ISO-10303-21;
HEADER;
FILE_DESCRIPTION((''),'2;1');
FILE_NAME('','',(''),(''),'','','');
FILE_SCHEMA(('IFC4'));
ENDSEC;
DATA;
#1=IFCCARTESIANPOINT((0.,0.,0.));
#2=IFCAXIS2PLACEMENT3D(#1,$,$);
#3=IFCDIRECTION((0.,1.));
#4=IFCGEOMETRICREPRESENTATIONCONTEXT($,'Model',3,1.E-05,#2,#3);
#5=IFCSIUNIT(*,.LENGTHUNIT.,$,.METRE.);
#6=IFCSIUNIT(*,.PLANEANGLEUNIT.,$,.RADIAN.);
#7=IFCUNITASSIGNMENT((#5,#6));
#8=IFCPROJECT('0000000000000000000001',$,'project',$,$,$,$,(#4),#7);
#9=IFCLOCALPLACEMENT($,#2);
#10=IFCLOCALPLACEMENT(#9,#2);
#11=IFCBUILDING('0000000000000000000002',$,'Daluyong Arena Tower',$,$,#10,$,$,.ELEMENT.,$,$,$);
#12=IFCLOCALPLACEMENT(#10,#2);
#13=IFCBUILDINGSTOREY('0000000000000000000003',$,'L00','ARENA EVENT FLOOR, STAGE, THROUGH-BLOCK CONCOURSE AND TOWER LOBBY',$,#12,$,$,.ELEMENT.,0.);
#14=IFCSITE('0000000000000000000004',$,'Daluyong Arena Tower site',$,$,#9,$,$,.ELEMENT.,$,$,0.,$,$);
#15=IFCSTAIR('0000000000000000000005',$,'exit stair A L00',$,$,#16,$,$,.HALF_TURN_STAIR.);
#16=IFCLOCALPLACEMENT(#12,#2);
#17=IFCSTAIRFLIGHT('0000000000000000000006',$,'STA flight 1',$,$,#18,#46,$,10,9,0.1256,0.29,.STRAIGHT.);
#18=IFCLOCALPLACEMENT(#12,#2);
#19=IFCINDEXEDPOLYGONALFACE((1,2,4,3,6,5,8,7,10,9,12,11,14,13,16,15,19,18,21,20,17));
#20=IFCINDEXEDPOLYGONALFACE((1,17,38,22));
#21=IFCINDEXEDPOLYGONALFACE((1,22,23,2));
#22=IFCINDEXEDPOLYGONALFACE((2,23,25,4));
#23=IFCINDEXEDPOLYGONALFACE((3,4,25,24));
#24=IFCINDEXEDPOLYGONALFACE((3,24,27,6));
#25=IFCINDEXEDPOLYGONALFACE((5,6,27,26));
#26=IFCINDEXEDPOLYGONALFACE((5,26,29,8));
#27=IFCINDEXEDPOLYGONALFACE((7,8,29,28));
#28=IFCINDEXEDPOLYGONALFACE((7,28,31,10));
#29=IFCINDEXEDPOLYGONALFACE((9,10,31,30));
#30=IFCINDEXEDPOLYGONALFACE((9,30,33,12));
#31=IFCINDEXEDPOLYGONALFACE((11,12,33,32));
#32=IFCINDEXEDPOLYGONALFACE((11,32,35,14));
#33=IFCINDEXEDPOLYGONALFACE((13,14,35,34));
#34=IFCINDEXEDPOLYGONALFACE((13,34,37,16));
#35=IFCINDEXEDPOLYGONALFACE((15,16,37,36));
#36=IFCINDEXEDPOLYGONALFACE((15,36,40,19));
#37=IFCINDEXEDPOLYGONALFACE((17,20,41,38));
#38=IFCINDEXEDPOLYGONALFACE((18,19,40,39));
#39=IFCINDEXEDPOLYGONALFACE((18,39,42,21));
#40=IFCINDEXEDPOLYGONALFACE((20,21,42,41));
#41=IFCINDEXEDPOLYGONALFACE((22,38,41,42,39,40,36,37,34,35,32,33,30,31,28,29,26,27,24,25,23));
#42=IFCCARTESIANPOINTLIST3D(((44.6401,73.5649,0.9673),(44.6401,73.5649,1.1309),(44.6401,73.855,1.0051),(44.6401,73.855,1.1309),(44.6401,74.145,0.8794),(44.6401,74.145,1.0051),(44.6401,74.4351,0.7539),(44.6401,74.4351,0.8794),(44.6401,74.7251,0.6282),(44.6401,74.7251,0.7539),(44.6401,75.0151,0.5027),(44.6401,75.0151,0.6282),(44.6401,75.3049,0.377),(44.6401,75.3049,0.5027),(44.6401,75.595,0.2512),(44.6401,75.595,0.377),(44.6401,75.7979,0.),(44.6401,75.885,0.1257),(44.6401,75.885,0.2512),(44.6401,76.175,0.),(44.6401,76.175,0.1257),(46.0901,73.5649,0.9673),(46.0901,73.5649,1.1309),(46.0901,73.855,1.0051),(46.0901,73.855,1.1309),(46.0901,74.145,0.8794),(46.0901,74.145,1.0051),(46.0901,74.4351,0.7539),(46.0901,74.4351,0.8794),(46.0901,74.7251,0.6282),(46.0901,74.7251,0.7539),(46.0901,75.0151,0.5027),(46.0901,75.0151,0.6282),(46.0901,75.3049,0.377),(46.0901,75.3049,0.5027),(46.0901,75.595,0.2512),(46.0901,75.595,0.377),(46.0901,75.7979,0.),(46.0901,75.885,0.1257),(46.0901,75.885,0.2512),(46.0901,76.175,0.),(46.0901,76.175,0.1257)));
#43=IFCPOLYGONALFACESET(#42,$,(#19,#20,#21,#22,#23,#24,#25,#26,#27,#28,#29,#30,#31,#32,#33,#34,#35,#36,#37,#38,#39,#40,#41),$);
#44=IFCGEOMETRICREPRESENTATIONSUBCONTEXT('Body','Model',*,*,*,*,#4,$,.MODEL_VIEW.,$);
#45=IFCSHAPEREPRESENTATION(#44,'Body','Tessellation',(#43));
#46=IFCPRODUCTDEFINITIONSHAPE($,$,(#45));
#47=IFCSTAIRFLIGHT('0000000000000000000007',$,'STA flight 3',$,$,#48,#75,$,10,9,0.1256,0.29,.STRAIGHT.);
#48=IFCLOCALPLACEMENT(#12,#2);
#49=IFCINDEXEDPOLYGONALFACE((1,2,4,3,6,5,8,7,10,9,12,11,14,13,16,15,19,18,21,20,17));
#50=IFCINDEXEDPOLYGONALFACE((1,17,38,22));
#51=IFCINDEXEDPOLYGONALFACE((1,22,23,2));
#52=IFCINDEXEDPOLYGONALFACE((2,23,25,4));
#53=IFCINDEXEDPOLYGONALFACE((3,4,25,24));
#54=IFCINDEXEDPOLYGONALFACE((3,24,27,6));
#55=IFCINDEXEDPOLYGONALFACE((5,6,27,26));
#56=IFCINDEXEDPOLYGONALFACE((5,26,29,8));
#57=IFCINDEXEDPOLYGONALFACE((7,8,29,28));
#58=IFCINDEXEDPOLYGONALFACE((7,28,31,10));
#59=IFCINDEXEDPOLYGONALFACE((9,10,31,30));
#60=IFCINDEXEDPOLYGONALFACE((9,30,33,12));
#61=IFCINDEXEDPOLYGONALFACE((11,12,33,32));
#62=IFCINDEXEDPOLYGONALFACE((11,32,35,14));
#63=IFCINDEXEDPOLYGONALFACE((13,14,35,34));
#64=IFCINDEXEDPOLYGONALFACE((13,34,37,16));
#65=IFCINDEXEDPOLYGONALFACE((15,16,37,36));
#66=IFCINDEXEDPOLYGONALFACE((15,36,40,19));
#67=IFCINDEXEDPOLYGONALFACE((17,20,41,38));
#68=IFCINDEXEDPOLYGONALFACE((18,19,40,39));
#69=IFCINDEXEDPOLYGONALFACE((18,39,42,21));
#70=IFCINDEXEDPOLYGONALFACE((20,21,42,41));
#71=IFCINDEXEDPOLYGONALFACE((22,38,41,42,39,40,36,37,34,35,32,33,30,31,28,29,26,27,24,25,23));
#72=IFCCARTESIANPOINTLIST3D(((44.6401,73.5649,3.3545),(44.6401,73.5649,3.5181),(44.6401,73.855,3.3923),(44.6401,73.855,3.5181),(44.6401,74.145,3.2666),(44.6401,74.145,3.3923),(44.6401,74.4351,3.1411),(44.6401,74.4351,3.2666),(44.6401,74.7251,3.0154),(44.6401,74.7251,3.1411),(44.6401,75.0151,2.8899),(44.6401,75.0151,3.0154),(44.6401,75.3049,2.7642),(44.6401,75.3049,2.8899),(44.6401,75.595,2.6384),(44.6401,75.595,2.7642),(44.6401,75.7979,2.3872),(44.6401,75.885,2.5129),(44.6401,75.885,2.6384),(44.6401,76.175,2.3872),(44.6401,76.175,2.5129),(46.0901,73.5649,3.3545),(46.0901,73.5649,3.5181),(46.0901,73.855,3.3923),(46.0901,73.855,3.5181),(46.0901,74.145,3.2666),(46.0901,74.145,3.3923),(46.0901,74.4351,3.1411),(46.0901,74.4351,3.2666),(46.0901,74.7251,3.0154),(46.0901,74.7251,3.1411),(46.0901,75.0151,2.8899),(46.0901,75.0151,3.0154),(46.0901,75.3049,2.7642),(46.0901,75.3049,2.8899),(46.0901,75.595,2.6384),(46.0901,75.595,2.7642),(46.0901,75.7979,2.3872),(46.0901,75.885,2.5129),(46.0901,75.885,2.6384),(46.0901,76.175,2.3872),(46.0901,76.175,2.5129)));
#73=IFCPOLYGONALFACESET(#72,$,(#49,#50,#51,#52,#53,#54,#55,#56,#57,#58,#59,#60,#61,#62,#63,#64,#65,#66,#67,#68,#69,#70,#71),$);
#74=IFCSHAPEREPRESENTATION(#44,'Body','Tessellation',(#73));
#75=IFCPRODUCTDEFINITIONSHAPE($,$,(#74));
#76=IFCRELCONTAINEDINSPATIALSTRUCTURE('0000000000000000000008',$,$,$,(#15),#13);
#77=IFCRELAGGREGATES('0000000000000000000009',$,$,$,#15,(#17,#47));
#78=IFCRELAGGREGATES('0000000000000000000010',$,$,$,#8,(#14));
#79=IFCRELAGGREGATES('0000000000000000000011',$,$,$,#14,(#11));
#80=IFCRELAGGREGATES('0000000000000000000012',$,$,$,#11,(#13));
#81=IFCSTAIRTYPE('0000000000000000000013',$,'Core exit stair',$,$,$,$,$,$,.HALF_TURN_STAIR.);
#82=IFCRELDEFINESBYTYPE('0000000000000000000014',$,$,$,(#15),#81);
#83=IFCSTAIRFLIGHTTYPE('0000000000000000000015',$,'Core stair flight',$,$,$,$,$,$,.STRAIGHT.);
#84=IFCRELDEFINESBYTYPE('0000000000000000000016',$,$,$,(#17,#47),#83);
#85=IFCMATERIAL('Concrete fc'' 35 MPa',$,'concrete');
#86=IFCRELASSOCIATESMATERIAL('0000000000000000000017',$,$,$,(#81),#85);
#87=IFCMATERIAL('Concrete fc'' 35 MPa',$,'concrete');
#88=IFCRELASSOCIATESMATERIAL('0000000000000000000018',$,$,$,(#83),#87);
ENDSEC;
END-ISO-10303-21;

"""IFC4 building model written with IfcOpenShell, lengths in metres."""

from ifc_helpers import new_model, si_unit, direction, frame, origin, place, context, subcontext, project, spatial, polyline, outline, extrude, material, type_object, element, aggregate, save


model = new_model("IFC4")

# Units and contexts
model_context = context("Model", 3, precision=1e-05, world=origin(), true_north=direction((0.0, 1.0)))
body_context = subcontext(model_context, "Body", "Model", "MODEL_VIEW")
ifc_project = project(units=[si_unit("LENGTHUNIT", "METRE"), si_unit("PLANEANGLEUNIT", "RADIAN")], contexts=[model_context])

# Site, building, storey
site_placement = place(None, origin())
site = spatial("IfcSite", under=ifc_project, at=site_placement, Name="Daluyong Arena Tower site", CompositionType="ELEMENT", RefElevation=0.0)
building_placement = place(site_placement, origin())
building = spatial("IfcBuilding", under=site, at=building_placement, Name="Daluyong Arena Tower", CompositionType="ELEMENT")
storey_placement = place(building_placement, origin())
storey = spatial("IfcBuildingStorey", under=building, at=storey_placement, Name="L00", Description="ARENA EVENT FLOOR, STAGE, THROUGH-BLOCK CONCOURSE AND TOWER LOBBY", CompositionType="ELEMENT", Elevation=0.0)

# Stair, stair flights
ifc_material_1 = material(Name="Concrete fc' 35 MPa", Category="concrete")
stair_type = type_object("IfcStairType", Name="Core exit stair", PredefinedType="HALF_TURN_STAIR", material=ifc_material_1)
stair_placement = place(storey_placement, origin())
stair = element("IfcStair", 1, at=stair_placement, inside=storey, type_object=stair_type, Name="exit stair A L00", PredefinedType="HALF_TURN_STAIR")
ifc_material_2 = material(Name="Concrete fc' 35 MPa", Category="concrete")
stair_flight_type = type_object("IfcStairFlightType", Name="Core stair flight", PredefinedType="STRAIGHT", material=ifc_material_2)
stair_flight_1_placement = place(storey_placement, frame((45.365, 76.175, 0.0), z_axis=(0.0, 0.0, 1.0), x_axis=(0.0, -1.0, 0.0)))
stair_flight_1 = element("IfcStairFlight", 2, at=stair_flight_1_placement, type_object=stair_flight_type, Name="STA flight 1", NumberOfRisers=10, NumberOfTreads=9, PredefinedType="STRAIGHT", RiserHeight=0.1256, TreadLength=0.29, context=body_context, shape_type="SweptSolid", body=[
    extrude(outline(polyline([(0.0, 0.0), (0.0, 0.1257), (0.29, 0.1257), (0.29, 0.2512), (0.5801, 0.2512), (0.5801, 0.377), (0.8701, 0.377), (0.8701, 0.5027), (1.1599, 0.5027), (1.1599, 0.6282), (1.45, 0.6282), (1.45, 0.7539), (1.74, 0.7539), (1.74, 0.8794), (2.03, 0.8794), (2.03, 1.0051), (2.3201, 1.0051), (2.3201, 1.1309), (2.6101, 1.1309), (2.6101, 1.2563), (2.6101, 0.9673), (0.3772, 0.0), (0.0, 0.0)])), frame((0.0, 0.7251, 0.0), z_axis=(0.0, -1.0, 0.0), x_axis=(1.0, 0.0, 0.0)), (0.0, 0.0, 1.0), 1.45),
])
stair_flight_2_placement = place(storey_placement, frame((45.365, 76.175, 2.3872), z_axis=(0.0, 0.0, 1.0), x_axis=(0.0, -1.0, 0.0)))
stair_flight_2 = element("IfcStairFlight", 3, at=stair_flight_2_placement, type_object=stair_flight_type, Name="STA flight 3", NumberOfRisers=10, NumberOfTreads=9, PredefinedType="STRAIGHT", RiserHeight=0.1256, TreadLength=0.29, context=body_context, shape_type="SweptSolid", body=[
    extrude(outline(polyline([(0.0, 0.0), (0.0, 0.1257), (0.29, 0.1257), (0.29, 0.2512), (0.5801, 0.2512), (0.5801, 0.377), (0.8701, 0.377), (0.8701, 0.5027), (1.1599, 0.5027), (1.1599, 0.6282), (1.45, 0.6282), (1.45, 0.7539), (1.74, 0.7539), (1.74, 0.8794), (2.03, 0.8794), (2.03, 1.0051), (2.3201, 1.0051), (2.3201, 1.1309), (2.6101, 1.1309), (2.6101, 1.2563), (2.6101, 0.9673), (0.3772, 0.0), (0.0, 0.0)])), frame((0.0, 0.7251, 0.0), z_axis=(0.0, -1.0, 0.0), x_axis=(1.0, 0.0, 0.0)), (0.0, 0.0, 1.0), 1.45),
])
aggregate(stair, [stair_flight_1, stair_flight_2])

save(model, "model.ifc")
